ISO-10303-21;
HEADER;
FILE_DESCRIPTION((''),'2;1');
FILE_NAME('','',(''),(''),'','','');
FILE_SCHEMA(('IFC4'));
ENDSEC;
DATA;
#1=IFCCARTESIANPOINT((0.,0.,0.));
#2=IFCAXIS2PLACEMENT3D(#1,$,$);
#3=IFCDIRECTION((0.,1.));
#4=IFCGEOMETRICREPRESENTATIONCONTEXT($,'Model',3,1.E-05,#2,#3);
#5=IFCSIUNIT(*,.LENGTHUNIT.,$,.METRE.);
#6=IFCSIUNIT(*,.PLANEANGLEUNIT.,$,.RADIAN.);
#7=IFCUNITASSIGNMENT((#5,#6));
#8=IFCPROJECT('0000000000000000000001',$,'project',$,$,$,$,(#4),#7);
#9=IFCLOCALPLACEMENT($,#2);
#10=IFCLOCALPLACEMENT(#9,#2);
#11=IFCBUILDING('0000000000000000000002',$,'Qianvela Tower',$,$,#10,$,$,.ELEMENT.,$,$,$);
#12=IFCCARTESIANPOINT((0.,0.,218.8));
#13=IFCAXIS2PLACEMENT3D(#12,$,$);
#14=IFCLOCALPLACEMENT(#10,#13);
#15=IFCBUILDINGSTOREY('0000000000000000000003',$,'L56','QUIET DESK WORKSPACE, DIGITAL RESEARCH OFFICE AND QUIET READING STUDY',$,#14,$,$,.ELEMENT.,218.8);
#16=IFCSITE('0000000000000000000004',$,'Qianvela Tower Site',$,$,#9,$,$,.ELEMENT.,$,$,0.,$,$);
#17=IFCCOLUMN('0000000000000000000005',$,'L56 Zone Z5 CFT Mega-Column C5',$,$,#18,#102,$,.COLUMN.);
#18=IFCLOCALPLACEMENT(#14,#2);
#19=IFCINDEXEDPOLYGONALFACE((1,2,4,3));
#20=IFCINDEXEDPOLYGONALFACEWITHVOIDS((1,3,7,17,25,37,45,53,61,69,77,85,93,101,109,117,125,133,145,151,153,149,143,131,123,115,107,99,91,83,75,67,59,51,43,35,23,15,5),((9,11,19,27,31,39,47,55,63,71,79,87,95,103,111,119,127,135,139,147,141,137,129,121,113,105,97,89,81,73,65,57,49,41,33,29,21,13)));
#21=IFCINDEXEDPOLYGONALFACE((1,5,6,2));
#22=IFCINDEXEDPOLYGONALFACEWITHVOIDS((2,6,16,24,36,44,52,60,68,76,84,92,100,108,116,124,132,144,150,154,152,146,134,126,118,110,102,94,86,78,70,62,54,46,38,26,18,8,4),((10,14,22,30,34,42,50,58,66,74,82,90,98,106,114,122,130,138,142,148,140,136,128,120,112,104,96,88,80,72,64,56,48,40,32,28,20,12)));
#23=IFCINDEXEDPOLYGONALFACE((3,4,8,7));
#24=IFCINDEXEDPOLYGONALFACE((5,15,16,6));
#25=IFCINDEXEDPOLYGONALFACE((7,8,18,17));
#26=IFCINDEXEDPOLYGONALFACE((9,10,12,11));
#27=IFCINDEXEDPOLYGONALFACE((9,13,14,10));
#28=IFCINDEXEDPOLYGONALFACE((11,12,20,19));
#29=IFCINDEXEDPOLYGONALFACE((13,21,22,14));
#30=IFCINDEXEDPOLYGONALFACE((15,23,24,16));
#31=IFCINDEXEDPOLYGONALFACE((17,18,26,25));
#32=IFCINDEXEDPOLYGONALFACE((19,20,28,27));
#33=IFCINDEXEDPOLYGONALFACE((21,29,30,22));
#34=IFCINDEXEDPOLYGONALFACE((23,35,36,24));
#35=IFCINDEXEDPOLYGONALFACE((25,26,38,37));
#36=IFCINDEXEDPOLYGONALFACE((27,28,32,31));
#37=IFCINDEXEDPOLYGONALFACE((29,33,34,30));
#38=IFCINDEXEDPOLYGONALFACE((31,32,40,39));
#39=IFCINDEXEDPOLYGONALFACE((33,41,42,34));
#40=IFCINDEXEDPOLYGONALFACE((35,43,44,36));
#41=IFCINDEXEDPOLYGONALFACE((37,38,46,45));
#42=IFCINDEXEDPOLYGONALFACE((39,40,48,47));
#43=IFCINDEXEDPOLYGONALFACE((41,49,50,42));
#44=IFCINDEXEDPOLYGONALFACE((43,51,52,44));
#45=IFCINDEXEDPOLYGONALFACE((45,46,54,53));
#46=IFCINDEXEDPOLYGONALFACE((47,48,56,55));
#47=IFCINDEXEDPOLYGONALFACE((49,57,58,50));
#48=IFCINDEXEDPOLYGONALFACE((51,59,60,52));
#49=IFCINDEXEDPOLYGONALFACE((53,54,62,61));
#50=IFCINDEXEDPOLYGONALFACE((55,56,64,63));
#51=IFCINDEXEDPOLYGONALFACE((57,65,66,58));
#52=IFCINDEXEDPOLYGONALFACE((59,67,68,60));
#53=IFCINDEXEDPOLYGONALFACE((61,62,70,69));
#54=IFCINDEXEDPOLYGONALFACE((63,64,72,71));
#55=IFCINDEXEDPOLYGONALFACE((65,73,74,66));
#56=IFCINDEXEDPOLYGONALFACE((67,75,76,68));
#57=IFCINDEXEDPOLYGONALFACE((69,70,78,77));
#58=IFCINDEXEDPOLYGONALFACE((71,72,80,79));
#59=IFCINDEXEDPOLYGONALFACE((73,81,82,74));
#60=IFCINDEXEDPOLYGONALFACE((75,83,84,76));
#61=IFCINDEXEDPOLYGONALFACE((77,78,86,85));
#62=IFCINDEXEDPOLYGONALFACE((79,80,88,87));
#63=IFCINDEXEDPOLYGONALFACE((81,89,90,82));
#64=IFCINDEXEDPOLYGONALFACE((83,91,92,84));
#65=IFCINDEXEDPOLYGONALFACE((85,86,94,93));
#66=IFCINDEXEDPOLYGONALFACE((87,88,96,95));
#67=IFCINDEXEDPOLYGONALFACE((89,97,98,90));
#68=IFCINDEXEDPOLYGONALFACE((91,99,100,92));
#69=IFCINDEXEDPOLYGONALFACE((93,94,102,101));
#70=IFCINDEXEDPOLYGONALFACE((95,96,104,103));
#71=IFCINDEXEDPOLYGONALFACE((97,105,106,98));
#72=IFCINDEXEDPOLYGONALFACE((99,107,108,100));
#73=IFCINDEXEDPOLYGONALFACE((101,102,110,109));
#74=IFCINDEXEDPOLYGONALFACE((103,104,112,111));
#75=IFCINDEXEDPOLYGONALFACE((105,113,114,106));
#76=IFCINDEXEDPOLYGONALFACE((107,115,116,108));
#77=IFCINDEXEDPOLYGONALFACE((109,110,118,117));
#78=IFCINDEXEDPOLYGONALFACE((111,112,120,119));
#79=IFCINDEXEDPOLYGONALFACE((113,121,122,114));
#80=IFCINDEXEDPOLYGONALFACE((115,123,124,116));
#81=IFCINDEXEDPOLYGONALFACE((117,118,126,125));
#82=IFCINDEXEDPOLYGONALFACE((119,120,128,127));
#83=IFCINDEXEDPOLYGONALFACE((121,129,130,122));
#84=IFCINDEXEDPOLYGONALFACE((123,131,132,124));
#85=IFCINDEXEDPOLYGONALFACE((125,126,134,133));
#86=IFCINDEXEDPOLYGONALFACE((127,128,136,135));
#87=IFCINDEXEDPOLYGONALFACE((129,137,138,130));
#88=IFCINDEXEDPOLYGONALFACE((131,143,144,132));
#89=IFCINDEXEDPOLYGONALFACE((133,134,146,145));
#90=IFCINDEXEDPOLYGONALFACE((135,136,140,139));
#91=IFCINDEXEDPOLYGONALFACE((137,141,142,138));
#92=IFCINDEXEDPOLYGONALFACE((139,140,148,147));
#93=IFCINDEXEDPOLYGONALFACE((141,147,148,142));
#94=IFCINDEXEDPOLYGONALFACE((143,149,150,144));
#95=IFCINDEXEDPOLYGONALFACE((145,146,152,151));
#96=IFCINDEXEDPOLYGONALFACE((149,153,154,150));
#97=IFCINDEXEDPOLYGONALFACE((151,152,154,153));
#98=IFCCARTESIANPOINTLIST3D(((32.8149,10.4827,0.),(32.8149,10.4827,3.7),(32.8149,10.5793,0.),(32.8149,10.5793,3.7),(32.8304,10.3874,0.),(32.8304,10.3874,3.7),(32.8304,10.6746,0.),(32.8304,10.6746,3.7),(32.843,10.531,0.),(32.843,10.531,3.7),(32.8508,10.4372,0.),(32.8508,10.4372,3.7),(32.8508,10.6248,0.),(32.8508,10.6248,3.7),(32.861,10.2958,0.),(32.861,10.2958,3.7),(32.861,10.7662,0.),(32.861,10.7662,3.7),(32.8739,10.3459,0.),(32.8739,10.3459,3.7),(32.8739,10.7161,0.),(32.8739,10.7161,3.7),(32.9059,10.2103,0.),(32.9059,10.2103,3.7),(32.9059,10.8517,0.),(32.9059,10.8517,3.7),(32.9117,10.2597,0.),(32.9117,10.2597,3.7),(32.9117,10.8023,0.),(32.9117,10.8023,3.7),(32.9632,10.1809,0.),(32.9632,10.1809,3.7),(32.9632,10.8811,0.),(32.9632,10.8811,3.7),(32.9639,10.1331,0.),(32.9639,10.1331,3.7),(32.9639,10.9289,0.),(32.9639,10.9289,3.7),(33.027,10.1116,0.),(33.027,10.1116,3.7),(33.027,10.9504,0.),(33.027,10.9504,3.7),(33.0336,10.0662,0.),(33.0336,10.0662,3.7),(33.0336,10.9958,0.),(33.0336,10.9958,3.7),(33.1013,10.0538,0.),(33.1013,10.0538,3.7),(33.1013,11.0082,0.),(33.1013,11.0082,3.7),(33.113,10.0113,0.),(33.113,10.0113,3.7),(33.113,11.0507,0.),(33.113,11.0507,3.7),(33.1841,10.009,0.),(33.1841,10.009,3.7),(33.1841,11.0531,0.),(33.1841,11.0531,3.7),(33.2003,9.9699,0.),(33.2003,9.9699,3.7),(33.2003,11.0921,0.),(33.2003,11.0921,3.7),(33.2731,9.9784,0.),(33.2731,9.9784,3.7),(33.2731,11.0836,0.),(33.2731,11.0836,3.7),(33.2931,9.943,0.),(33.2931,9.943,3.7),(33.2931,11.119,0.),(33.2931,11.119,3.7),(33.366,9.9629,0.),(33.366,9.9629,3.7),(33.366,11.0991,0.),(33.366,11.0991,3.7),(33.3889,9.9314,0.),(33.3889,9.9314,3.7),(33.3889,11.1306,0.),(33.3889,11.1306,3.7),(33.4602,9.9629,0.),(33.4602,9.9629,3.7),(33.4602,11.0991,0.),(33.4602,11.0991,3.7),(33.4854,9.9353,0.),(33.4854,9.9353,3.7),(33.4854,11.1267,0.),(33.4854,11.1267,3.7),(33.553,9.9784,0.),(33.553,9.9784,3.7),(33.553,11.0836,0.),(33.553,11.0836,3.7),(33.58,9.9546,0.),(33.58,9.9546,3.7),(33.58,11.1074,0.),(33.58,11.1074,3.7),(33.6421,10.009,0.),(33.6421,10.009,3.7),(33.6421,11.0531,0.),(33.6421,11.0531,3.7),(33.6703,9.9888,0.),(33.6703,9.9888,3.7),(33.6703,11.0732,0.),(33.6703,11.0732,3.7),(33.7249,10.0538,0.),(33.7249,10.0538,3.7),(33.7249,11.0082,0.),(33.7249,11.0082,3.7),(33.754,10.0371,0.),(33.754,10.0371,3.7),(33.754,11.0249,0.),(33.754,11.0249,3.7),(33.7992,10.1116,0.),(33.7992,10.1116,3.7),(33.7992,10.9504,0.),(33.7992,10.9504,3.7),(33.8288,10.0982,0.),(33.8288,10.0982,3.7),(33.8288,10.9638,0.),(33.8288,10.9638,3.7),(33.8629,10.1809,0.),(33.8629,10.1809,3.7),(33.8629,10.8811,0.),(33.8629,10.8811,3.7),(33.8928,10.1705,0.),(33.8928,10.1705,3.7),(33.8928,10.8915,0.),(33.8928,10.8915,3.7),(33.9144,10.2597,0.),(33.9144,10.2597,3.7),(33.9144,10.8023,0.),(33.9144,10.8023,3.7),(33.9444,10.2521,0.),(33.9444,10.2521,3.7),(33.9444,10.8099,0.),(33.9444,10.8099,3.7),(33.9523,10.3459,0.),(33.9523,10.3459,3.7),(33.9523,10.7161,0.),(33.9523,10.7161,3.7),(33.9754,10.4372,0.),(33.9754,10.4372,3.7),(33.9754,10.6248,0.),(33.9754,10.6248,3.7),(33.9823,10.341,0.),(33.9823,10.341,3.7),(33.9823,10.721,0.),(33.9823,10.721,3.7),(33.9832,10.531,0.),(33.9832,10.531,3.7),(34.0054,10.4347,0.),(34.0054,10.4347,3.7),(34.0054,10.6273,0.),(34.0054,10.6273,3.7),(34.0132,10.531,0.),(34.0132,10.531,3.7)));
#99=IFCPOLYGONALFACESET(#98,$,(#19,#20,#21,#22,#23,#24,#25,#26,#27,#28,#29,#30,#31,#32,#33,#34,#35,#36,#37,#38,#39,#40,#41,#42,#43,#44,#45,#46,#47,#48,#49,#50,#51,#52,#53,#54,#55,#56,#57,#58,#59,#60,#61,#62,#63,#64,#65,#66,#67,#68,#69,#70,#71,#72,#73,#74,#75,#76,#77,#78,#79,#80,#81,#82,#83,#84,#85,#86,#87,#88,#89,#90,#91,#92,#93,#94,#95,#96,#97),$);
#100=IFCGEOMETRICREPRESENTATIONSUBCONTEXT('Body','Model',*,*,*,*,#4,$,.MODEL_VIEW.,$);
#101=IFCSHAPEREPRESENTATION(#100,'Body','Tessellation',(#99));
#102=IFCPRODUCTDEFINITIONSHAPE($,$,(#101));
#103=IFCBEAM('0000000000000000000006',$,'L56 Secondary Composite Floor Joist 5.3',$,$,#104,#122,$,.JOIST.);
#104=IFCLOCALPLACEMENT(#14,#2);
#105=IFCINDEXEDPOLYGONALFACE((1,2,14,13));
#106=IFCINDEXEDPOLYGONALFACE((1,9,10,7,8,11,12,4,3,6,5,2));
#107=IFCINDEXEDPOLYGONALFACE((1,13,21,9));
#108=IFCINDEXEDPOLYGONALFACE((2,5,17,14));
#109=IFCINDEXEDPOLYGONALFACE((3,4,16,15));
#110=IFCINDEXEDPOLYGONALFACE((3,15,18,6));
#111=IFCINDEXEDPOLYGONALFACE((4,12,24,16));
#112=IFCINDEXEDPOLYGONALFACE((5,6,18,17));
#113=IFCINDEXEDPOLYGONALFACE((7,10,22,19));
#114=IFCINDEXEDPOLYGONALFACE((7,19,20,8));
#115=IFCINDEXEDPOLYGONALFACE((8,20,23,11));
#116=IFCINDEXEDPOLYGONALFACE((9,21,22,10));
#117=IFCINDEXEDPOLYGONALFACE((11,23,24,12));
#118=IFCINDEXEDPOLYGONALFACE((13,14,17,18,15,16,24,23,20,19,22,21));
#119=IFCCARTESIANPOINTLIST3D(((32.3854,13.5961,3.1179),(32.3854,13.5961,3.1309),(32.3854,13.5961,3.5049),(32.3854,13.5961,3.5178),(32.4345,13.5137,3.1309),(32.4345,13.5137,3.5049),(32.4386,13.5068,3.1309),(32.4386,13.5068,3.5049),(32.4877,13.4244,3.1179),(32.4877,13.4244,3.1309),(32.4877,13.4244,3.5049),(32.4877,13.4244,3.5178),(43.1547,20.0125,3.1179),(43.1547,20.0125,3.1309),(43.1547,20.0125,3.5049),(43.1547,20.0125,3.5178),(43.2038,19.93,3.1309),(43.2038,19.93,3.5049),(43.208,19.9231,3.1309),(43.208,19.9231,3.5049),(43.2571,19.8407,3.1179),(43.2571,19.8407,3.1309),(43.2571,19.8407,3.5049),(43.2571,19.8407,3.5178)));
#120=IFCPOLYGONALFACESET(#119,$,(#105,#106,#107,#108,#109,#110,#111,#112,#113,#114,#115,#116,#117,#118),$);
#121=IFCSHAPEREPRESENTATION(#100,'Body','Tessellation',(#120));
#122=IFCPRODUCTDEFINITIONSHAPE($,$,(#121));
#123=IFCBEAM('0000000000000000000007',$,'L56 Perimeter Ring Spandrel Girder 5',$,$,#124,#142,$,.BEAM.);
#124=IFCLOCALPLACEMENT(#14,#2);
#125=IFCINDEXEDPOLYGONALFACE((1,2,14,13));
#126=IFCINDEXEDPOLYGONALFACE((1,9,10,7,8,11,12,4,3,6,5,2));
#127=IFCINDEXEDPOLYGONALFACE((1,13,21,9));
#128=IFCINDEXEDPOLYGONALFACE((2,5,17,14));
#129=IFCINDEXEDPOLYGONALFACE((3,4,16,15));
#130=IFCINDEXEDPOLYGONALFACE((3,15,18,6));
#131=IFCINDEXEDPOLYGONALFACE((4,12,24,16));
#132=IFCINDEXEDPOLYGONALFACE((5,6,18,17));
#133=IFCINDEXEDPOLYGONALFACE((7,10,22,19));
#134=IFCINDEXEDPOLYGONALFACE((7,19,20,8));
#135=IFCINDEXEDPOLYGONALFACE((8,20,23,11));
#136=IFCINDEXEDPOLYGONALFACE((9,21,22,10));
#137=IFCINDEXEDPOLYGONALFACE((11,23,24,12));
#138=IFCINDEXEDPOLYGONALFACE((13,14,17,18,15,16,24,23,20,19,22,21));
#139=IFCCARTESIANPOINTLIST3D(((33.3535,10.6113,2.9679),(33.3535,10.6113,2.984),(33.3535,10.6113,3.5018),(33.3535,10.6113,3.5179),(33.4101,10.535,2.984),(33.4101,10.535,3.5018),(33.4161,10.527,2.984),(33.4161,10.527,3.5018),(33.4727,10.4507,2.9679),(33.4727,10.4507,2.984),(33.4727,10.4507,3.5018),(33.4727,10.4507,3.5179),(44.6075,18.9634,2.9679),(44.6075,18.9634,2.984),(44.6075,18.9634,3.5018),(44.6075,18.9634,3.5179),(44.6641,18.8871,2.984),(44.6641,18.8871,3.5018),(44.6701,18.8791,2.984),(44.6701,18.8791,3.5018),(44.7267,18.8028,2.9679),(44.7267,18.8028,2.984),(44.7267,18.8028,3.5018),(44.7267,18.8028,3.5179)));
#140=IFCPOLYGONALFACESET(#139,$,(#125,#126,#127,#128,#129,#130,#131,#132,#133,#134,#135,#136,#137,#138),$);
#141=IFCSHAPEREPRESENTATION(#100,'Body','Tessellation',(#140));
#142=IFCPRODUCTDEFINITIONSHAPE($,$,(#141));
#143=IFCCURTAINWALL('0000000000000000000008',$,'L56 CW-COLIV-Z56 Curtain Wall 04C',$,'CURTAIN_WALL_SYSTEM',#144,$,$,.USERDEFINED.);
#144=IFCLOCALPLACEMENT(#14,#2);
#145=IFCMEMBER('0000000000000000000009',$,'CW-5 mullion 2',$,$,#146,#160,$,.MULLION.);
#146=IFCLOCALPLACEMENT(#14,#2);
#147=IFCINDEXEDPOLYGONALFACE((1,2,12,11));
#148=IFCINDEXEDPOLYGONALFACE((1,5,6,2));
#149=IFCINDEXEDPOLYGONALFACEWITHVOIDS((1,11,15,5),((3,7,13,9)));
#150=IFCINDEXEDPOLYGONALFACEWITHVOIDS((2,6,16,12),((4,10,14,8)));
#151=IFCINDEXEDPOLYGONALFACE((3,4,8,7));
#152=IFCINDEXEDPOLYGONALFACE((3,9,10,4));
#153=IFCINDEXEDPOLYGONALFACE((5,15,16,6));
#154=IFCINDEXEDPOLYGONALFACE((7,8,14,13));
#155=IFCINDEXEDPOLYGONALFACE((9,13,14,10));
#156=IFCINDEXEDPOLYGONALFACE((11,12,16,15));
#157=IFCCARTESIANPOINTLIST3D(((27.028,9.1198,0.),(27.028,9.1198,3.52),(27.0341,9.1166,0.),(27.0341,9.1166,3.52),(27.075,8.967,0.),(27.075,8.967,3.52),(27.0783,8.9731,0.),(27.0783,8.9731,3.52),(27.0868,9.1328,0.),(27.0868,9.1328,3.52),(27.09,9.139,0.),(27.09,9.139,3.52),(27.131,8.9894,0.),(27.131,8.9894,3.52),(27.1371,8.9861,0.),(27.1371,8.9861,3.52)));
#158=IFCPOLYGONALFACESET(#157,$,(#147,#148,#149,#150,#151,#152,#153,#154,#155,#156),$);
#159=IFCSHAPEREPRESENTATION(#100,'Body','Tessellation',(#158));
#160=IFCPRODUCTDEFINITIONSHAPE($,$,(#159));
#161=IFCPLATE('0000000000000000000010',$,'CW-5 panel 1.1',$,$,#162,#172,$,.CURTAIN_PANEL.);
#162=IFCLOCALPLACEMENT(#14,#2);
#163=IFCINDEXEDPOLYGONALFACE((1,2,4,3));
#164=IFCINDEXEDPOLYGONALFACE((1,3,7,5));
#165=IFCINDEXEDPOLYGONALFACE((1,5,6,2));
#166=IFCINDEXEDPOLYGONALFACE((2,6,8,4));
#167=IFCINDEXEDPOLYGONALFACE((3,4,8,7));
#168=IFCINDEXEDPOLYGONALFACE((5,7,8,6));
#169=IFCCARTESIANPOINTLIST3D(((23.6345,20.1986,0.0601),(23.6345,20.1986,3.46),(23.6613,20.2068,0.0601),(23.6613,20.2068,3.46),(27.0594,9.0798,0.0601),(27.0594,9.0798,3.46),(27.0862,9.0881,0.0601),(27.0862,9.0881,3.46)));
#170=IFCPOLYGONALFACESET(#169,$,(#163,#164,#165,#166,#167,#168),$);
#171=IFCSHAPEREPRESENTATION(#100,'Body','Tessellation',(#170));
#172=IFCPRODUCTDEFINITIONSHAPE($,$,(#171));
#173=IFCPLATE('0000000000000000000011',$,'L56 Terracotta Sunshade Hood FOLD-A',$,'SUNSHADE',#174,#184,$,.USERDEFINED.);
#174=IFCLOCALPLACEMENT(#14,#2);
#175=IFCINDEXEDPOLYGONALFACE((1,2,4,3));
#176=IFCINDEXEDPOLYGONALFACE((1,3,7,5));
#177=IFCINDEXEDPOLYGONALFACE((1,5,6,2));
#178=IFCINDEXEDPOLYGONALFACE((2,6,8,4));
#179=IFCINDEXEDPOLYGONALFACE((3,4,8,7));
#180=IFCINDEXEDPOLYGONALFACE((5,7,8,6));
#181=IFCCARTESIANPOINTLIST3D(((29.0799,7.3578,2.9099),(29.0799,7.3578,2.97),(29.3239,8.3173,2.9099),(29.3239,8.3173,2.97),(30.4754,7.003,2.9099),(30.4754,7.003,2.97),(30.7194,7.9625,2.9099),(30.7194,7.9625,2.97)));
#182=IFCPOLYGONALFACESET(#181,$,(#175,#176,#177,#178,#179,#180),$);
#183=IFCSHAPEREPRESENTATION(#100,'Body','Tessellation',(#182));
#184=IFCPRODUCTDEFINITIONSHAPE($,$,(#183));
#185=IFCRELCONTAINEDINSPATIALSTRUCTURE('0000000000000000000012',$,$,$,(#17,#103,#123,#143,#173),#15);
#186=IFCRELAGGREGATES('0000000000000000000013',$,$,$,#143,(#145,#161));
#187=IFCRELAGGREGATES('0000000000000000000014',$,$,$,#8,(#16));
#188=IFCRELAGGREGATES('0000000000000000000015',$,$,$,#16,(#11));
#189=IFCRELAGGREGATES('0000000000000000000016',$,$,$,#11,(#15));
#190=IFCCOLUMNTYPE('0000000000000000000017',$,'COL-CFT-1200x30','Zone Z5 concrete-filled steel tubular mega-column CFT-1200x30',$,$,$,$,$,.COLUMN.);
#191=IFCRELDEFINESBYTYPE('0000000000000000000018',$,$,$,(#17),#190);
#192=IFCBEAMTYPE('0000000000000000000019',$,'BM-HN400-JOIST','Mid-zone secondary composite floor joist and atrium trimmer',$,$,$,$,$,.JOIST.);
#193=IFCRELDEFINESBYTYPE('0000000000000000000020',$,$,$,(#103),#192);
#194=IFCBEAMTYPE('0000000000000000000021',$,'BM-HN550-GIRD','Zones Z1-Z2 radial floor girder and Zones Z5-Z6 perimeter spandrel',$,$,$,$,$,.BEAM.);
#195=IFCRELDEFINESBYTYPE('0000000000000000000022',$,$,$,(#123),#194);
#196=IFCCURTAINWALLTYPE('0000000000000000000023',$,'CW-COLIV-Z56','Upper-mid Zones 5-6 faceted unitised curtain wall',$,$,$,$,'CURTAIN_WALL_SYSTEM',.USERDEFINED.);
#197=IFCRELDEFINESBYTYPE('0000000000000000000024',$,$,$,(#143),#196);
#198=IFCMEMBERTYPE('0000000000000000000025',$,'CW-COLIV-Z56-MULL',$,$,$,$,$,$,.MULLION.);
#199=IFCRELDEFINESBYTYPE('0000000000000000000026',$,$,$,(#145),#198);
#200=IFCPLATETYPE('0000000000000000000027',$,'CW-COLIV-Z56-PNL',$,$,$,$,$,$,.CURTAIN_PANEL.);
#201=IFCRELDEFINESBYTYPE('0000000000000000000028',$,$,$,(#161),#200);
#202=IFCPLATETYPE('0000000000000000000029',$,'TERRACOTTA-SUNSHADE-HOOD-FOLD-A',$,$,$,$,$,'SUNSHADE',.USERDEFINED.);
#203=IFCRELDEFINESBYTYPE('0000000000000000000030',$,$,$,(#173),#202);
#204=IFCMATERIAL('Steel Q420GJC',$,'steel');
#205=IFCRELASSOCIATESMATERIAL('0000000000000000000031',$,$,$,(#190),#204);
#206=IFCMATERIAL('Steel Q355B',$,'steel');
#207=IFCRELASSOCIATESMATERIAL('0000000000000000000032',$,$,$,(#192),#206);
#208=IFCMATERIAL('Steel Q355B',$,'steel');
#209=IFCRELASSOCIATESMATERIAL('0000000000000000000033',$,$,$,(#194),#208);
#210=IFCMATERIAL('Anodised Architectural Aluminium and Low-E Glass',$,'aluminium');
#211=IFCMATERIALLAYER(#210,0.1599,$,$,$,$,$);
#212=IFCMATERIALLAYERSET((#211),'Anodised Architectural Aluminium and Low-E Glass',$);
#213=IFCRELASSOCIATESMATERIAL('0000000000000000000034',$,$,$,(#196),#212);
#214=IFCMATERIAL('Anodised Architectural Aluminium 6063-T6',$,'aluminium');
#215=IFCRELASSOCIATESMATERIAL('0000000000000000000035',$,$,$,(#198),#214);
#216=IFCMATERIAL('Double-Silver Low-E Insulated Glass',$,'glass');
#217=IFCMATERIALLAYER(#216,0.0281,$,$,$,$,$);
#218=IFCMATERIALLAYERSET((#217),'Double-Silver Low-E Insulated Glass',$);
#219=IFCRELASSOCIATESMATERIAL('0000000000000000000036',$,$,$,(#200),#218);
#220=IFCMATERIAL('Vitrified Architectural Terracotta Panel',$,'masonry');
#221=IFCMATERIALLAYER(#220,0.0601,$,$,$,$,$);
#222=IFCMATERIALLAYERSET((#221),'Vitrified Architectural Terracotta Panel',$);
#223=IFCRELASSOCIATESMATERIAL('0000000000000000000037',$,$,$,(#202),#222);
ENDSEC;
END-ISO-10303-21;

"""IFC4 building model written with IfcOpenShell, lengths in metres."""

from ifc_helpers import new_model, si_unit, direction, frame, origin, origin_2d, place, context, subcontext, project, spatial, rectangle, hollow_rectangle, hollow_circle, i_section, extrude, material, layer, layer_set, material_profile, profile_set, type_object, element, aggregate, save


model = new_model("IFC4")

# Units and contexts
model_context = context("Model", 3, precision=1e-05, world=origin(), true_north=direction((0.0, 1.0)))
body_context = subcontext(model_context, "Body", "Model", "MODEL_VIEW")
ifc_project = project(units=[si_unit("LENGTHUNIT", "METRE"), si_unit("PLANEANGLEUNIT", "RADIAN")], contexts=[model_context])

# Site, building, storey
site_placement = place(None, origin())
site = spatial("IfcSite", under=ifc_project, at=site_placement, Name="Qianvela Tower Site", CompositionType="ELEMENT", RefElevation=0.0)
building_placement = place(site_placement, origin())
building = spatial("IfcBuilding", under=site, at=building_placement, Name="Qianvela Tower", CompositionType="ELEMENT")
storey_placement = place(building_placement, frame((0.0, 0.0, 218.8)))
storey = spatial("IfcBuildingStorey", under=building, at=storey_placement, Name="L56", Description="QUIET DESK WORKSPACE, DIGITAL RESEARCH OFFICE AND QUIET READING STUDY", CompositionType="ELEMENT", Elevation=218.8)

# Column
ifc_material_1 = material(Name="Steel Q420GJC", Category="steel")
ifc_material_profile_1 = material_profile(ifc_material_1, hollow_circle(Radius=0.6001, WallThickness=0.03, at=origin_2d()), Name="CFT-1200x30")
ifc_profile_set_1 = profile_set([ifc_material_profile_1], Name="Steel Q420GJC")
column_type = type_object("IfcColumnType", Name="COL-CFT-1200x30", Description="Zone Z5 concrete-filled steel tubular mega-column CFT-1200x30", PredefinedType="COLUMN", material=ifc_profile_set_1)
column_placement = place(storey_placement, frame((33.4131, 10.531, 0.0), z_axis=(0.0, 0.0, 1.0), x_axis=(1.0, 0.0, 0.0)))
element("IfcColumn", 1, at=column_placement, inside=storey, type_object=column_type, Name="L56 Zone Z5 CFT Mega-Column C5", PredefinedType="COLUMN", context=body_context, shape_type="SweptSolid", body=[
    extrude(hollow_circle(Radius=0.6001, WallThickness=0.03, at=origin_2d()), origin(), (0.0, 0.0, 1.0), 3.7),
])

# Beams
ifc_material_2 = material(Name="Steel Q355B", Category="steel")
ifc_material_profile_2 = material_profile(ifc_material_2, i_section(OverallWidth=0.2, OverallDepth=0.3999, WebThickness=0.0081, FlangeThickness=0.0129, at=origin_2d()), Name="HN400x200x8x13")
ifc_profile_set_2 = profile_set([ifc_material_profile_2], Name="Steel Q355B")
beam_type_1 = type_object("IfcBeamType", Name="BM-HN400-JOIST", Description="Mid-zone secondary composite floor joist and atrium trimmer", PredefinedType="JOIST", material=ifc_profile_set_2)
beam_1_placement = place(storey_placement, frame((32.4365, 13.5103, 3.3179), z_axis=(0.859084, 0.511835, 0.0), x_axis=(-0.511835, 0.859084, 0.0)))
element("IfcBeam", 2, at=beam_1_placement, inside=storey, type_object=beam_type_1, Name="L56 Secondary Composite Floor Joist 5.3", PredefinedType="JOIST", context=body_context, shape_type="SweptSolid", body=[
    extrude(i_section(OverallWidth=0.2, OverallDepth=0.3999, WebThickness=0.0081, FlangeThickness=0.0129, at=origin_2d()), origin(), (0.0, 0.0, 1.0), 12.5359),
])
ifc_material_3 = material(Name="Steel Q355B", Category="steel")
ifc_material_profile_3 = material_profile(ifc_material_3, i_section(OverallWidth=0.2, OverallDepth=0.55, WebThickness=0.01, FlangeThickness=0.0161, at=origin_2d()), Name="HN550x200x10x16")
ifc_profile_set_3 = profile_set([ifc_material_profile_3], Name="Steel Q355B")
beam_type_2 = type_object("IfcBeamType", Name="BM-HN550-GIRD", Description="Zones Z1-Z2 radial floor girder and Zones Z5-Z6 perimeter spandrel", PredefinedType="BEAM", material=ifc_profile_set_3)
beam_2_placement = place(storey_placement, frame((33.4131, 10.531, 3.2429), z_axis=(0.803017, 0.595956, 0.0), x_axis=(-0.595956, 0.803017, 0.0)))
element("IfcBeam", 3, at=beam_2_placement, inside=storey, type_object=beam_type_2, Name="L56 Perimeter Ring Spandrel Girder 5", PredefinedType="BEAM", context=body_context, shape_type="SweptSolid", body=[
    extrude(i_section(OverallWidth=0.2, OverallDepth=0.55, WebThickness=0.01, FlangeThickness=0.0161, at=origin_2d()), origin(), (0.0, 0.0, 1.0), 14.0146),
])

# Curtain wall, member, plate
ifc_material_4 = material(Name="Anodised Architectural Aluminium and Low-E Glass", Category="aluminium")
ifc_layer_1 = layer(ifc_material_4, 0.1599)
ifc_layer_set_1 = layer_set([ifc_layer_1], Name="Anodised Architectural Aluminium and Low-E Glass")
curtain_wall_type = type_object("IfcCurtainWallType", Name="CW-COLIV-Z56", Description="Upper-mid Zones 5-6 faceted unitised curtain wall", ElementType="CURTAIN_WALL_SYSTEM", PredefinedType="USERDEFINED", material=ifc_layer_set_1)
curtain_wall_placement = place(storey_placement, origin())
curtain_wall = element("IfcCurtainWall", 4, at=curtain_wall_placement, inside=storey, type_object=curtain_wall_type, Name="L56 CW-COLIV-Z56 Curtain Wall 04C", ObjectType="CURTAIN_WALL_SYSTEM", PredefinedType="USERDEFINED")
ifc_material_5 = material(Name="Anodised Architectural Aluminium 6063-T6", Category="aluminium")
ifc_material_profile_4 = material_profile(ifc_material_5, hollow_rectangle(XDim=0.0649, YDim=0.1599, WallThickness=0.0049, at=origin_2d()), Name="ALU-MULL-65x160")
ifc_profile_set_4 = profile_set([ifc_material_profile_4], Name="Anodised Architectural Aluminium 6063-T6")
member_type = type_object("IfcMemberType", Name="CW-COLIV-Z56-MULL", PredefinedType="MULLION", material=ifc_profile_set_4)
member_placement = place(storey_placement, frame((27.0825, 9.053, 0.0), z_axis=(0.0, 0.0, 1.0), x_axis=(0.955689, 0.294377, 0.0)))
member = element("IfcMember", 5, at=member_placement, type_object=member_type, Name="CW-5 mullion 2", PredefinedType="MULLION", context=body_context, shape_type="SweptSolid", body=[
    extrude(hollow_rectangle(XDim=0.0649, YDim=0.1599, WallThickness=0.0049, at=origin_2d()), origin(), (0.0, 0.0, 1.0), 3.52),
])
ifc_material_6 = material(Name="Double-Silver Low-E Insulated Glass", Category="glass")
ifc_layer_2 = layer(ifc_material_6, 0.0281)
ifc_layer_set_2 = layer_set([ifc_layer_2], Name="Double-Silver Low-E Insulated Glass")
plate_type_1 = type_object("IfcPlateType", Name="CW-COLIV-Z56-PNL", PredefinedType="CURTAIN_PANEL", material=ifc_layer_set_2)
plate_placement = place(storey_placement, frame((25.3604, 14.6433, 0.0601), z_axis=(0.0, 0.0, 1.0), x_axis=(0.294377, -0.955689, 0.0)))
plate = element("IfcPlate", 6, at=plate_placement, type_object=plate_type_1, Name="CW-5 panel 1.1", PredefinedType="CURTAIN_PANEL", context=body_context, shape_type="SweptSolid", body=[
    extrude(rectangle(XDim=11.6343, YDim=0.0281, at=origin_2d()), origin(), (0.0, 0.0, 1.0), 3.3999),
])
aggregate(curtain_wall, [member, plate])

# Plate
ifc_material_7 = material(Name="Vitrified Architectural Terracotta Panel", Category="masonry")
ifc_layer_3 = layer(ifc_material_7, 0.0601)
ifc_layer_set_3 = layer_set([ifc_layer_3], Name="Vitrified Architectural Terracotta Panel")
plate_type_2 = type_object("IfcPlateType", Name="TERRACOTTA-SUNSHADE-HOOD-FOLD-A", ElementType="SUNSHADE", PredefinedType="USERDEFINED", material=ifc_layer_set_3)
for number, where, z_axis, x_axis, name in (
    (7, (29.8997, 7.6602, 2.9099), (0.0, 0.0, 1.0), (0.969162, -0.246424, 0.0), "L56 Terracotta Sunshade Hood FOLD-A"),
):
    element("IfcPlate", number, at=place(storey_placement, frame(where, z_axis=z_axis, x_axis=x_axis)), inside=storey, type_object=plate_type_2, Name=name, ObjectType="SUNSHADE", PredefinedType="USERDEFINED", context=body_context, shape_type="SweptSolid", body=[
        extrude(rectangle(XDim=1.4399, YDim=0.99, at=origin_2d()), origin(), (0.0, 0.0, 1.0), 0.0601),
    ])

save(model, "model.ifc")
